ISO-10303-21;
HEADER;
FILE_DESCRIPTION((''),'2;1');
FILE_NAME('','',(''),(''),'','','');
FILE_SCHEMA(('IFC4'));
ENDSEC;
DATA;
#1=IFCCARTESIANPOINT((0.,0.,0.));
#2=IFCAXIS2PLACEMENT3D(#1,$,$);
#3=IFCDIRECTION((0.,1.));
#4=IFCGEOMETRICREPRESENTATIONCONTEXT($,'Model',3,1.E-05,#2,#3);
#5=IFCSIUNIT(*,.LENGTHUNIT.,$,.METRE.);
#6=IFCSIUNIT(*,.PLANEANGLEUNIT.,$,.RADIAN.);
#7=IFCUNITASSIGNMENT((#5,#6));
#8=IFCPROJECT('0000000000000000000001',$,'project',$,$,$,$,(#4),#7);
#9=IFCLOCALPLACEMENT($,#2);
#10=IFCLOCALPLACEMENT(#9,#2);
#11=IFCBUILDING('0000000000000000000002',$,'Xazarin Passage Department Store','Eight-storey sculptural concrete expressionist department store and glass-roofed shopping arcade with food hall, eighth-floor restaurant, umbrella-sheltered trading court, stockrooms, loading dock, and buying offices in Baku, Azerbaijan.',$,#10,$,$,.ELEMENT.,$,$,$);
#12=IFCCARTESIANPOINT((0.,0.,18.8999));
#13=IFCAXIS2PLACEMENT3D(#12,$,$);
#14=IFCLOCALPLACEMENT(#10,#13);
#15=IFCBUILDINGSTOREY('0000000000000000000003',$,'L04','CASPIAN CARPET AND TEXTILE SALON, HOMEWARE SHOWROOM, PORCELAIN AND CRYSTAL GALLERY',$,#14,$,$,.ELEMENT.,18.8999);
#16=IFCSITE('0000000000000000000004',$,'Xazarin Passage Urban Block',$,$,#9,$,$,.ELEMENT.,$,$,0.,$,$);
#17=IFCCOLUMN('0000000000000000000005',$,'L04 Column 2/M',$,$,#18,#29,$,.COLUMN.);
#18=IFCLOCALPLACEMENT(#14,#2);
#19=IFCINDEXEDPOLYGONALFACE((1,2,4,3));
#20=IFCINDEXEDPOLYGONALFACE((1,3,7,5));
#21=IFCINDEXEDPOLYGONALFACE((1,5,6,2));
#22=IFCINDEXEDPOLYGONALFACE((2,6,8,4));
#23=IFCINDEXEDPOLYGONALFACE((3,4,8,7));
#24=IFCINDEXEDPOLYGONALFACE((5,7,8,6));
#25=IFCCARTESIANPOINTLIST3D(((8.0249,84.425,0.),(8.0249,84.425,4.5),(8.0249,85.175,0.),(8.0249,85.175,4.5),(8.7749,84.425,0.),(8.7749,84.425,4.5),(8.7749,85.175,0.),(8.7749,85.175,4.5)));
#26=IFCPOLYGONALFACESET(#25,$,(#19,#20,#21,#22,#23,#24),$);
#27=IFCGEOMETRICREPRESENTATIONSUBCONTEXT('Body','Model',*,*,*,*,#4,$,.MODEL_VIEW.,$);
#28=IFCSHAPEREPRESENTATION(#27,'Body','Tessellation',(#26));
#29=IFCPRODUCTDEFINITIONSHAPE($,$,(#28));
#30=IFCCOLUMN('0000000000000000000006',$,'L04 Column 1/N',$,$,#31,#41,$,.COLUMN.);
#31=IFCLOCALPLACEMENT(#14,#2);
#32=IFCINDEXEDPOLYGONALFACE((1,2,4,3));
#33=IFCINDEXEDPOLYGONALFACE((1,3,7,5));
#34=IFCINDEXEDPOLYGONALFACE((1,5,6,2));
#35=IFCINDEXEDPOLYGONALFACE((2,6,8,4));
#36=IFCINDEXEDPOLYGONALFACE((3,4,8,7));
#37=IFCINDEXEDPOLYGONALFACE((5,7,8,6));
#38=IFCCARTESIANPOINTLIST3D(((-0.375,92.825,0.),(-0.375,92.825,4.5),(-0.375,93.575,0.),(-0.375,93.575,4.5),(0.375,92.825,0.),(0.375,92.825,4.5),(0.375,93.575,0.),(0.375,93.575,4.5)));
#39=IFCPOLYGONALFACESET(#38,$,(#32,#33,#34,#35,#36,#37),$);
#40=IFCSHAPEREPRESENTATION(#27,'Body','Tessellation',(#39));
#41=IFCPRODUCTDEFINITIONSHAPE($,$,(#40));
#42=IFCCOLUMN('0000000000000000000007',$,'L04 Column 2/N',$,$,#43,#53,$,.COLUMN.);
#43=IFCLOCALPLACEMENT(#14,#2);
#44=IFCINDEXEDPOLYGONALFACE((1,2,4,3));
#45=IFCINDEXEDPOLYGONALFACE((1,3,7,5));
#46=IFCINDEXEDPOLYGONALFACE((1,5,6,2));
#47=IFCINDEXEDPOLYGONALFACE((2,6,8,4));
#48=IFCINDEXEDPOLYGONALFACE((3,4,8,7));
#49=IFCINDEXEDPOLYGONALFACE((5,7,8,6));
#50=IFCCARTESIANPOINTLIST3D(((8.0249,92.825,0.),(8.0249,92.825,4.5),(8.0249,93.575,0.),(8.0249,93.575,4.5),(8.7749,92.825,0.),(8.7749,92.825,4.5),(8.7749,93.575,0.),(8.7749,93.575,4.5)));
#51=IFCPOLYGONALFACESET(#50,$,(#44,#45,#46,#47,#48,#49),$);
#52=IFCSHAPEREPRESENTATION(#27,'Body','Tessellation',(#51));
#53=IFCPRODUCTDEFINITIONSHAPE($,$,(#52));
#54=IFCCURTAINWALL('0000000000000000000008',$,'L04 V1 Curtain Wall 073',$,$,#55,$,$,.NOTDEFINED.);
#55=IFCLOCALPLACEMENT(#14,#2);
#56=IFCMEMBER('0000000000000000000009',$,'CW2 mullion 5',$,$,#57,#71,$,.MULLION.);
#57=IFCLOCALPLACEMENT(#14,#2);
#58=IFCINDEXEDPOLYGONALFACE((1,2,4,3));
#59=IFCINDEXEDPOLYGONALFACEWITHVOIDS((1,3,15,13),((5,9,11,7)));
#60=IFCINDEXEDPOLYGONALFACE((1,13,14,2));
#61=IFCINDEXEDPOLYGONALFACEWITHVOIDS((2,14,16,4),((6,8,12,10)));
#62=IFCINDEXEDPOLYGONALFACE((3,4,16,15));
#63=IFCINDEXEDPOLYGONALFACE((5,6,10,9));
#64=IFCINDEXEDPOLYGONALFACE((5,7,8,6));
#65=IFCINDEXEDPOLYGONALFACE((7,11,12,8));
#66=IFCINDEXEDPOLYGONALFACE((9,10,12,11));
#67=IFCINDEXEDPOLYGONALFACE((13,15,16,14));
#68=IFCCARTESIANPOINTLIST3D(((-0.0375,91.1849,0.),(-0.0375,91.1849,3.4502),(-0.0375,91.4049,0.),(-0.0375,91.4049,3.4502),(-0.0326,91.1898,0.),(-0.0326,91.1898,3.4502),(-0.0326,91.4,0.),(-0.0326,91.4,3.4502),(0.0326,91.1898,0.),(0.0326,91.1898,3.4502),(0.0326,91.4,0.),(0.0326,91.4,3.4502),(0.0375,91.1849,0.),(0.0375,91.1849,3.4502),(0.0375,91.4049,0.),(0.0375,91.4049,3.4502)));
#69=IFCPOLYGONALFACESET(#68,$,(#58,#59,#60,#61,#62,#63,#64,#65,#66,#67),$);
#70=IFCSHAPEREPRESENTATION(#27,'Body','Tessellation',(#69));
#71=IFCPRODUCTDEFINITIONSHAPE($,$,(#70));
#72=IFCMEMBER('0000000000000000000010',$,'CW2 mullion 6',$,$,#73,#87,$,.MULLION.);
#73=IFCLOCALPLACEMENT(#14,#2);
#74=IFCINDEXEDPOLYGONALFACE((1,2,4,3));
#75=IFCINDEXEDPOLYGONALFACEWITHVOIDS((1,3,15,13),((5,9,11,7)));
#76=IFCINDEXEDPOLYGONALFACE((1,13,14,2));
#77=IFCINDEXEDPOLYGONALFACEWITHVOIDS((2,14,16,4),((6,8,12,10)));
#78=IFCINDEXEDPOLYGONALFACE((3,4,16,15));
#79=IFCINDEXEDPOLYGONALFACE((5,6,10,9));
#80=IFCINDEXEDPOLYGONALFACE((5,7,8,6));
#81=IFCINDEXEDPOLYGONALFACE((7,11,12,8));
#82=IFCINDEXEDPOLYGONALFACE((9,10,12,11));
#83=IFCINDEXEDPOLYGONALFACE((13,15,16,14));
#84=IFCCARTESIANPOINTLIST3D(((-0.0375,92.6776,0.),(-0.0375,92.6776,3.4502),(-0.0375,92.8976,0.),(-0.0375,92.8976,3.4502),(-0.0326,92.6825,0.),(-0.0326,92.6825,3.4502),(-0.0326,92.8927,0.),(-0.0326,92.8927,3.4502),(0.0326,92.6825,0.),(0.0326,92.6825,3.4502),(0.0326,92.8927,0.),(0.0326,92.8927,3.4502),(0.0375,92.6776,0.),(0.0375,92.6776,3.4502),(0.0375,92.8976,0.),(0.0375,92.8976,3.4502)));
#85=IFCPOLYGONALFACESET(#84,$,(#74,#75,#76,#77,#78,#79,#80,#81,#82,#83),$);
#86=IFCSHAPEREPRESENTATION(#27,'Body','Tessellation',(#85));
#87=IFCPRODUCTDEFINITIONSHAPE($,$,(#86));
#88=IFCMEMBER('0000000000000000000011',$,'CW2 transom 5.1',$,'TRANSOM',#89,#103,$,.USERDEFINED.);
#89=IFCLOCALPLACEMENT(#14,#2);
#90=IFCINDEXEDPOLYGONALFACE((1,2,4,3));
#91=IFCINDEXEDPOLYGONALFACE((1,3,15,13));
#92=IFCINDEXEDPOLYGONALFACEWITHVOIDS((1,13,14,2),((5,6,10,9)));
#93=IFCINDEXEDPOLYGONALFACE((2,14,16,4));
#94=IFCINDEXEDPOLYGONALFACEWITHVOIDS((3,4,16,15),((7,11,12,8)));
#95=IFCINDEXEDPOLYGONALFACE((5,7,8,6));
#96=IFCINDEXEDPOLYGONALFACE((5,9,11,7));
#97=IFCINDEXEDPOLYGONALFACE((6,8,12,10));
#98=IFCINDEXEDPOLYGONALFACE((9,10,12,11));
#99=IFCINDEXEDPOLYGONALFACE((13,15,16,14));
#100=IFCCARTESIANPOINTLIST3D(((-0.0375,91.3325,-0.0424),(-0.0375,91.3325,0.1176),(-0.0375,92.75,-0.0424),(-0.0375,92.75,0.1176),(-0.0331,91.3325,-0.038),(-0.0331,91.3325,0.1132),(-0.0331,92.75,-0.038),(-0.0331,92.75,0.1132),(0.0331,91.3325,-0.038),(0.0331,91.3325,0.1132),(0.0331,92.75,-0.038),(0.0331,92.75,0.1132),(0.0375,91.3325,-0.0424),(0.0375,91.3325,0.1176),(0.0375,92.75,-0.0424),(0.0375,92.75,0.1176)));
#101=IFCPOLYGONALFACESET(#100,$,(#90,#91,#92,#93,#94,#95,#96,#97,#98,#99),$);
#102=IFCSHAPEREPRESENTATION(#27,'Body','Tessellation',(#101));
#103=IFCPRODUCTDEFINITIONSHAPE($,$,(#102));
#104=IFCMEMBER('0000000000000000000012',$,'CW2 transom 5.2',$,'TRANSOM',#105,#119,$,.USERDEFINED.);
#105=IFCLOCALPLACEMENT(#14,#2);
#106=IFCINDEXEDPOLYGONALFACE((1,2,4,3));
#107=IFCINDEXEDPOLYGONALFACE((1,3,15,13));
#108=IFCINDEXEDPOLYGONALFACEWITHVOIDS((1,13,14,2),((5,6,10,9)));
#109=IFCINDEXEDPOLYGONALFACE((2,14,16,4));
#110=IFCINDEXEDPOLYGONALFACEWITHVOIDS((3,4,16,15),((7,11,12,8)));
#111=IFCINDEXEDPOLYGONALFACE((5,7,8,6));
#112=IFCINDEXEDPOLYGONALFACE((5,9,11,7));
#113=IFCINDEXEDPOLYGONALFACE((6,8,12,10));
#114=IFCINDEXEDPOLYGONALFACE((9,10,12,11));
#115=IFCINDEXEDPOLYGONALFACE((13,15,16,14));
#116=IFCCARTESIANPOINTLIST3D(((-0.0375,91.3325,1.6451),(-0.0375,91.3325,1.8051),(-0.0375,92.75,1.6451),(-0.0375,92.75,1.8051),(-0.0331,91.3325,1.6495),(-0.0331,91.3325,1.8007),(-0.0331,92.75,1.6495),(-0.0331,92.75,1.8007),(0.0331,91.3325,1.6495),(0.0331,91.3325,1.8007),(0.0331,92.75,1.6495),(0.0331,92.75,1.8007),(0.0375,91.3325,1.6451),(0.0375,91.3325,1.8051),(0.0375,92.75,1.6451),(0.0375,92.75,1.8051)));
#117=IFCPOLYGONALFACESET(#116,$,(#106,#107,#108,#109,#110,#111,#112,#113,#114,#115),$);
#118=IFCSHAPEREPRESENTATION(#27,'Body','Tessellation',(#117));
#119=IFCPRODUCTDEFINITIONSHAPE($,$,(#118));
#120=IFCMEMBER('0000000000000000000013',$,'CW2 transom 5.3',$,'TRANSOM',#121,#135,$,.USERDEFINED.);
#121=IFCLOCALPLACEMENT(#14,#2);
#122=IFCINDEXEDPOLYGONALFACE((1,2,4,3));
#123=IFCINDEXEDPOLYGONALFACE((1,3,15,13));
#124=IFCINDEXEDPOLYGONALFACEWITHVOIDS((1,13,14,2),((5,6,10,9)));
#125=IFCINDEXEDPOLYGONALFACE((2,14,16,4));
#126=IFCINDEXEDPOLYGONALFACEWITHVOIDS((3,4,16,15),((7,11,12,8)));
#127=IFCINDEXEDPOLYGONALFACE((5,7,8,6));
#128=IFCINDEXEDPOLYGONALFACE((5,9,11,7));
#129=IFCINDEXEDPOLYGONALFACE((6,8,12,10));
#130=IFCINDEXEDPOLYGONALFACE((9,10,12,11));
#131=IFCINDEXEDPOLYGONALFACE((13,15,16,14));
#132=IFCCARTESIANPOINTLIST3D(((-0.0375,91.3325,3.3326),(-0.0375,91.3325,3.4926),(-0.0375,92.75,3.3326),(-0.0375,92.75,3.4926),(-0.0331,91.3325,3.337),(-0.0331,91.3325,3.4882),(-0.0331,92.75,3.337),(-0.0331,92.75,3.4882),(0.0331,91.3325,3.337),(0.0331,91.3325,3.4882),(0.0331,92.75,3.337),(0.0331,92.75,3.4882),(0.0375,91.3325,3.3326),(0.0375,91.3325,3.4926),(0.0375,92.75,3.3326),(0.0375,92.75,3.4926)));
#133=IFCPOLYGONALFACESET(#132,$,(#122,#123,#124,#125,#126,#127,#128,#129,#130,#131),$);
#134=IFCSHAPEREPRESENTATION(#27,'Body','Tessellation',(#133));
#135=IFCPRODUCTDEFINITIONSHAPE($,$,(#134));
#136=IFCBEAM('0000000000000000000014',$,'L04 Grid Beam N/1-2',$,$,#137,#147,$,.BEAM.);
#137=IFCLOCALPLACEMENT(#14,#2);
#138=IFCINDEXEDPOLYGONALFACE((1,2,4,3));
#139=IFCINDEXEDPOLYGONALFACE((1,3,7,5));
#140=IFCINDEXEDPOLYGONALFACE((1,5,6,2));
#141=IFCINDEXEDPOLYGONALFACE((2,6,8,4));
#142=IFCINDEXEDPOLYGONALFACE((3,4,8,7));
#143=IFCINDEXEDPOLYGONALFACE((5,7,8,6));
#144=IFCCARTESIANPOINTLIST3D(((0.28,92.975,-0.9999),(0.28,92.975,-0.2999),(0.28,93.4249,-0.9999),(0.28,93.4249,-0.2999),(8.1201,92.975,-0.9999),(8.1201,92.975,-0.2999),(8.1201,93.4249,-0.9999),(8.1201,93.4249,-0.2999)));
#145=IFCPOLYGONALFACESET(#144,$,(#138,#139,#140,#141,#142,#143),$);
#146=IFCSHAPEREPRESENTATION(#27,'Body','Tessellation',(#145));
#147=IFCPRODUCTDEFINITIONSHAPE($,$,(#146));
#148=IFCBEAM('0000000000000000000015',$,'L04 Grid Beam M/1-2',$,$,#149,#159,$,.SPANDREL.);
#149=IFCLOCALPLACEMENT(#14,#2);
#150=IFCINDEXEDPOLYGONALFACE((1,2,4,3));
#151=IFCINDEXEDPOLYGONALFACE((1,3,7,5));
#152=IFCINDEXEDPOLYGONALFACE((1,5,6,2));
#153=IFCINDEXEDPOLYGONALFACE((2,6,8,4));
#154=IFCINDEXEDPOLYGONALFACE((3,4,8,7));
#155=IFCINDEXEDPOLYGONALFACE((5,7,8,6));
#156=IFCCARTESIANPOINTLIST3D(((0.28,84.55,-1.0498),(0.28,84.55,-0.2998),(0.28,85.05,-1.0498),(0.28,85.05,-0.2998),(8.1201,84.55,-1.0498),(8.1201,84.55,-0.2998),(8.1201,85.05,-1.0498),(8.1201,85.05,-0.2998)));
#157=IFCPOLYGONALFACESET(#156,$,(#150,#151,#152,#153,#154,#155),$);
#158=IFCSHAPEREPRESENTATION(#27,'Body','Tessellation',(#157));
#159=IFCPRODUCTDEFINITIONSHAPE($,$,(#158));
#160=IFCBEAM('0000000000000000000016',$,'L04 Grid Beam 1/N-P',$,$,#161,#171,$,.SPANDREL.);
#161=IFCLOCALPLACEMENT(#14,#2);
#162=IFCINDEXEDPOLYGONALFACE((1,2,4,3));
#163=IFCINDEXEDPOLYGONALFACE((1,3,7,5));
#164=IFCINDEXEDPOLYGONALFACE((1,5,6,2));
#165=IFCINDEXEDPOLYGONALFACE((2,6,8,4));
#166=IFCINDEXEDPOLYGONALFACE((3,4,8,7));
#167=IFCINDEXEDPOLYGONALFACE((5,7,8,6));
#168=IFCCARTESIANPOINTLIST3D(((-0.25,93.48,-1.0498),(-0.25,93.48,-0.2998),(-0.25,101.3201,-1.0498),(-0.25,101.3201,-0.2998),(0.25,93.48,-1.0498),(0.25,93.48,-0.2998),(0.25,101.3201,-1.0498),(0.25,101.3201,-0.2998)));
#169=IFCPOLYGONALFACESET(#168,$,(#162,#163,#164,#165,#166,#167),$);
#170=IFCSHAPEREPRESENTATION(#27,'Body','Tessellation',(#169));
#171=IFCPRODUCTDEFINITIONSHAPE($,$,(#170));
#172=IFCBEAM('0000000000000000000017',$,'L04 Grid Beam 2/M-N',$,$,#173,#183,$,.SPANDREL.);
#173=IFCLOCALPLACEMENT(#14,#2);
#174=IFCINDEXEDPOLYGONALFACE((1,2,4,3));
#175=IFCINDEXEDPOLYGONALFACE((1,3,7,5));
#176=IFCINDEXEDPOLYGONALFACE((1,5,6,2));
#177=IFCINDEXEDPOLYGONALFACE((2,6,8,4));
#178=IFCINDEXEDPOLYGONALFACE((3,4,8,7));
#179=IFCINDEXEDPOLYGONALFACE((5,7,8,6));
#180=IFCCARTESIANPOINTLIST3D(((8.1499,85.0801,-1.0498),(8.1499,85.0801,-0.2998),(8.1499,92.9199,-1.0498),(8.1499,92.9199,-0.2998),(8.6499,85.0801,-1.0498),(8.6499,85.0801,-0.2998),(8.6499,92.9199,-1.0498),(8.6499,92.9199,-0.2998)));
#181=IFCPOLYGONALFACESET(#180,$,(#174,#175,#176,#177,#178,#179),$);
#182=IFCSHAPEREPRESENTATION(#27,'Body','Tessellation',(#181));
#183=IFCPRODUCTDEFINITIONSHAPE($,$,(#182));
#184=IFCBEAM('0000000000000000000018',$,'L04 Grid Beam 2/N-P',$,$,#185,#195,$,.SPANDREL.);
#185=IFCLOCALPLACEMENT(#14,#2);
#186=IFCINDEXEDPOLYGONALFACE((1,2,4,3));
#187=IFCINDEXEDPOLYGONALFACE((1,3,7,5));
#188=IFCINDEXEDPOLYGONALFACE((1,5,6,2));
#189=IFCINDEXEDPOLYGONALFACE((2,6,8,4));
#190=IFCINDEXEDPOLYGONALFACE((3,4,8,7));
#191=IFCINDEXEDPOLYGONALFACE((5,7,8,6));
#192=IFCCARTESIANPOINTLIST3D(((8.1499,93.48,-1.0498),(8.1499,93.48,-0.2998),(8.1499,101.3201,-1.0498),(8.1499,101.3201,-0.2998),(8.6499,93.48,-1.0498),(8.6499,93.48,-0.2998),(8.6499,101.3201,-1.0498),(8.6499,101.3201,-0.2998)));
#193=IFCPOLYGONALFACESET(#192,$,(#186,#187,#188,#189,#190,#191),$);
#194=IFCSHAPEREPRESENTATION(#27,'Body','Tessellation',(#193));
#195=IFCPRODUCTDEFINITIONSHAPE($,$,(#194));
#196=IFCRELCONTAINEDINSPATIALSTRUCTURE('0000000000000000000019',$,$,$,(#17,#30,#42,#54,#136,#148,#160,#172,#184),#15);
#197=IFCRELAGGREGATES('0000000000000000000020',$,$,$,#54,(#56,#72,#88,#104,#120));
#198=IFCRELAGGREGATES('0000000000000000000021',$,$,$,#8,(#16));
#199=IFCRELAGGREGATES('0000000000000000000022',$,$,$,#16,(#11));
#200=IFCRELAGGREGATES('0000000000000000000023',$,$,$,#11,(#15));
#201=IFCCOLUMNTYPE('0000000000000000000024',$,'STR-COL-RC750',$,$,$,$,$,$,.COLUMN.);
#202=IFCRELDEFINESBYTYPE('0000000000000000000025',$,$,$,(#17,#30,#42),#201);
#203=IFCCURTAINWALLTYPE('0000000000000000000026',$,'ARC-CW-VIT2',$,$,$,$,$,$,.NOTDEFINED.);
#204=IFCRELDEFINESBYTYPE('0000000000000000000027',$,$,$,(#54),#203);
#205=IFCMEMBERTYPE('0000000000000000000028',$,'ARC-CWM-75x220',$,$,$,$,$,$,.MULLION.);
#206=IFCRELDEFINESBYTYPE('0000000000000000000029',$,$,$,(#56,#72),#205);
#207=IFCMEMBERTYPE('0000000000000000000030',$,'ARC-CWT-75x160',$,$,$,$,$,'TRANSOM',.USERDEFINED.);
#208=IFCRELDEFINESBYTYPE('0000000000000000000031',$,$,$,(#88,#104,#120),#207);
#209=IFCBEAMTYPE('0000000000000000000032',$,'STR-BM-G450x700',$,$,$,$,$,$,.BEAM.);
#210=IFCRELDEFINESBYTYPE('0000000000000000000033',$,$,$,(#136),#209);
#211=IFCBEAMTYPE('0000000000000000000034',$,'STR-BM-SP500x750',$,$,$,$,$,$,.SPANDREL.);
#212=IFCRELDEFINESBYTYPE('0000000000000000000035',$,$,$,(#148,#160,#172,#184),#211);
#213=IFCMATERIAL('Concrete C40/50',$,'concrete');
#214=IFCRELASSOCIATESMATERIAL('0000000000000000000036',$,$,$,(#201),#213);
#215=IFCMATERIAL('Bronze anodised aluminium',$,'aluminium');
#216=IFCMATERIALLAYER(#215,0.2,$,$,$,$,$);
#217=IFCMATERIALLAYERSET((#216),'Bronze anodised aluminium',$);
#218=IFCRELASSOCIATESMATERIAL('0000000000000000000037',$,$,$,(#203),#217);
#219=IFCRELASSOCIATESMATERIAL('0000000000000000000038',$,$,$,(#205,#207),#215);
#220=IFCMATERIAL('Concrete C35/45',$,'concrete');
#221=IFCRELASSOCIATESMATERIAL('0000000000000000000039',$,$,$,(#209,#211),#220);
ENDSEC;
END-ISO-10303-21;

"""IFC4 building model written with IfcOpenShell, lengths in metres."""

from ifc_helpers import new_model, si_unit, direction, frame, origin, origin_2d, place, context, subcontext, project, spatial, rectangle, hollow_rectangle, extrude, material, layer, layer_set, material_profile, profile_set, type_object, element, aggregate, save


model = new_model("IFC4")

# Units and contexts
model_context = context("Model", 3, precision=1e-05, world=origin(), true_north=direction((0.0, 1.0)))
body_context = subcontext(model_context, "Body", "Model", "MODEL_VIEW")
ifc_project = project(units=[si_unit("LENGTHUNIT", "METRE"), si_unit("PLANEANGLEUNIT", "RADIAN")], contexts=[model_context])

# Site, building, storey
site_placement = place(None, origin())
site = spatial("IfcSite", under=ifc_project, at=site_placement, Name="Xazarin Passage Urban Block", CompositionType="ELEMENT", RefElevation=0.0)
building_placement = place(site_placement, origin())
building = spatial("IfcBuilding", under=site, at=building_placement, Name="Xazarin Passage Department Store", Description="Eight-storey sculptural concrete expressionist department store and glass-roofed shopping arcade with food hall, eighth-floor restaurant, umbrella-sheltered trading court, stockrooms, loading dock, and buying offices in Baku, Azerbaijan.", CompositionType="ELEMENT")
storey_placement = place(building_placement, frame((0.0, 0.0, 18.8999)))
storey = spatial("IfcBuildingStorey", under=building, at=storey_placement, Name="L04", Description="CASPIAN CARPET AND TEXTILE SALON, HOMEWARE SHOWROOM, PORCELAIN AND CRYSTAL GALLERY", CompositionType="ELEMENT", Elevation=18.8999)

# Columns
ifc_material_1 = material(Name="Concrete C40/50", Category="concrete")
ifc_material_profile_1 = material_profile(ifc_material_1, rectangle(XDim=0.75, YDim=0.75, at=origin_2d()), Name="RC 750x750")
ifc_profile_set_1 = profile_set([ifc_material_profile_1], Name="Concrete C40/50")
column_type = type_object("IfcColumnType", Name="STR-COL-RC750", PredefinedType="COLUMN", material=ifc_profile_set_1)
for number, where, z_axis, x_axis, name in (
    (1, (8.3999, 84.8, 0.0), (0.0, 0.0, 1.0), (1.0, 0.0, 0.0), "L04 Column 2/M"),
    (2, (0.0, 93.2, 0.0), (0.0, 0.0, 1.0), (1.0, 0.0, 0.0), "L04 Column 1/N"),
    (3, (8.3999, 93.2, 0.0), (0.0, 0.0, 1.0), (1.0, 0.0, 0.0), "L04 Column 2/N"),
):
    element("IfcColumn", number, at=place(storey_placement, frame(where, z_axis=z_axis, x_axis=x_axis)), inside=storey, type_object=column_type, Name=name, PredefinedType="COLUMN", context=body_context, shape_type="SweptSolid", body=[
        extrude(rectangle(XDim=0.75, YDim=0.75, at=origin_2d()), origin(), (0.0, 0.0, 1.0), 4.5),
    ])

# Curtain wall, members
ifc_material_2 = material(Name="Bronze anodised aluminium", Category="aluminium")
ifc_layer_1 = layer(ifc_material_2, 0.2)
ifc_layer_set_1 = layer_set([ifc_layer_1], Name="Bronze anodised aluminium")
curtain_wall_type = type_object("IfcCurtainWallType", Name="ARC-CW-VIT2", PredefinedType="NOTDEFINED", material=ifc_layer_set_1)
curtain_wall_placement = place(storey_placement, origin())
curtain_wall = element("IfcCurtainWall", 4, at=curtain_wall_placement, inside=storey, type_object=curtain_wall_type, Name="L04 V1 Curtain Wall 073", PredefinedType="NOTDEFINED")
ifc_material_profile_2 = material_profile(ifc_material_2, hollow_rectangle(XDim=0.075, YDim=0.22, WallThickness=0.0049, at=origin_2d()), Name="ALU 75x220")
ifc_profile_set_2 = profile_set([ifc_material_profile_2], Name="Bronze anodised aluminium")
member_type_1 = type_object("IfcMemberType", Name="ARC-CWM-75x220", PredefinedType="MULLION", material=ifc_profile_set_2)
member_1_placement = place(storey_placement, frame((0.0, 91.2949, 0.0), z_axis=(0.0, 0.0, 1.0), x_axis=(-1.0, 0.0, 0.0)))
member_1 = element("IfcMember", 5, at=member_1_placement, type_object=member_type_1, Name="CW2 mullion 5", PredefinedType="MULLION", context=body_context, shape_type="SweptSolid", body=[
    extrude(hollow_rectangle(XDim=0.075, YDim=0.22, WallThickness=0.0049, at=origin_2d()), origin(), (0.0, 0.0, 1.0), 3.4502),
])
member_2_placement = place(storey_placement, frame((0.0, 92.7876, 0.0), z_axis=(0.0, 0.0, 1.0), x_axis=(-1.0, 0.0, 0.0)))
member_2 = element("IfcMember", 6, at=member_2_placement, type_object=member_type_1, Name="CW2 mullion 6", PredefinedType="MULLION", context=body_context, shape_type="SweptSolid", body=[
    extrude(hollow_rectangle(XDim=0.075, YDim=0.22, WallThickness=0.0049, at=origin_2d()), origin(), (0.0, 0.0, 1.0), 3.4502),
])
ifc_material_profile_3 = material_profile(ifc_material_2, hollow_rectangle(XDim=0.075, YDim=0.1599, WallThickness=0.0044, at=origin_2d()), Name="ALU 75x160")
ifc_profile_set_3 = profile_set([ifc_material_profile_3], Name="Bronze anodised aluminium")
member_type_2 = type_object("IfcMemberType", Name="ARC-CWT-75x160", ElementType="TRANSOM", PredefinedType="USERDEFINED", material=ifc_profile_set_3)
member_3_placement = place(storey_placement, frame((0.0, 91.3325, 0.0376), z_axis=(0.0, 1.0, 0.0), x_axis=(-1.0, 0.0, 0.0)))
member_3 = element("IfcMember", 7, at=member_3_placement, type_object=member_type_2, Name="CW2 transom 5.1", ObjectType="TRANSOM", PredefinedType="USERDEFINED", context=body_context, shape_type="SweptSolid", body=[
    extrude(hollow_rectangle(XDim=0.075, YDim=0.1599, WallThickness=0.0044, at=origin_2d()), origin(), (0.0, 0.0, 1.0), 1.4175),
])
member_4_placement = place(storey_placement, frame((0.0, 91.3325, 1.7251), z_axis=(0.0, 1.0, 0.0), x_axis=(-1.0, 0.0, 0.0)))
member_4 = element("IfcMember", 8, at=member_4_placement, type_object=member_type_2, Name="CW2 transom 5.2", ObjectType="TRANSOM", PredefinedType="USERDEFINED", context=body_context, shape_type="SweptSolid", body=[
    extrude(hollow_rectangle(XDim=0.075, YDim=0.1599, WallThickness=0.0044, at=origin_2d()), origin(), (0.0, 0.0, 1.0), 1.4175),
])
member_5_placement = place(storey_placement, frame((0.0, 91.3325, 3.4126), z_axis=(0.0, 1.0, 0.0), x_axis=(-1.0, 0.0, 0.0)))
member_5 = element("IfcMember", 9, at=member_5_placement, type_object=member_type_2, Name="CW2 transom 5.3", ObjectType="TRANSOM", PredefinedType="USERDEFINED", context=body_context, shape_type="SweptSolid", body=[
    extrude(hollow_rectangle(XDim=0.075, YDim=0.1599, WallThickness=0.0044, at=origin_2d()), origin(), (0.0, 0.0, 1.0), 1.4175),
])

# Beams
ifc_material_3 = material(Name="Concrete C35/45", Category="concrete")
ifc_material_profile_4 = material_profile(ifc_material_3, rectangle(XDim=0.45, YDim=0.7, at=origin_2d()), Name="RC 450x700")
ifc_profile_set_4 = profile_set([ifc_material_profile_4], Name="Concrete C35/45")
beam_type_1 = type_object("IfcBeamType", Name="STR-BM-G450x700", PredefinedType="BEAM", material=ifc_profile_set_4)
beam_1_placement = place(storey_placement, frame((0.28, 93.2, -0.6499), z_axis=(1.0, 0.0, 0.0), x_axis=(0.0, 1.0, 0.0)))
element("IfcBeam", 10, at=beam_1_placement, inside=storey, type_object=beam_type_1, Name="L04 Grid Beam N/1-2", PredefinedType="BEAM", context=body_context, shape_type="SweptSolid", body=[
    extrude(rectangle(XDim=0.45, YDim=0.7, at=origin_2d()), origin(), (0.0, 0.0, 1.0), 7.8401),
])
ifc_material_profile_5 = material_profile(ifc_material_3, rectangle(XDim=0.5, YDim=0.75, at=origin_2d()), Name="RC 500x750")
ifc_profile_set_5 = profile_set([ifc_material_profile_5], Name="Concrete C35/45")
beam_type_2 = type_object("IfcBeamType", Name="STR-BM-SP500x750", PredefinedType="SPANDREL", material=ifc_profile_set_5)
for number, where, z_axis, x_axis, name in (
    (11, (0.28, 84.8, -0.6748), (1.0, 0.0, 0.0), (0.0, 1.0, 0.0), "L04 Grid Beam M/1-2"),
    (12, (0.0, 93.48, -0.6748), (0.0, 1.0, 0.0), (-1.0, 0.0, 0.0), "L04 Grid Beam 1/N-P"),
):
    element("IfcBeam", number, at=place(storey_placement, frame(where, z_axis=z_axis, x_axis=x_axis)), inside=storey, type_object=beam_type_2, Name=name, PredefinedType="SPANDREL", context=body_context, shape_type="SweptSolid", body=[
        extrude(rectangle(XDim=0.5, YDim=0.75, at=origin_2d()), origin(), (0.0, 0.0, 1.0), 7.8401),
    ])
beam_2_placement = place(storey_placement, frame((8.3999, 85.0801, -0.6748), z_axis=(0.0, 1.0, 0.0), x_axis=(-1.0, 0.0, 0.0)))
element("IfcBeam", 13, at=beam_2_placement, inside=storey, type_object=beam_type_2, Name="L04 Grid Beam 2/M-N", PredefinedType="SPANDREL", context=body_context, shape_type="SweptSolid", body=[
    extrude(rectangle(XDim=0.5, YDim=0.75, at=origin_2d()), origin(), (0.0, 0.0, 1.0), 7.8398),
])
beam_3_placement = place(storey_placement, frame((8.3999, 93.48, -0.6748), z_axis=(0.0, 1.0, 0.0), x_axis=(-1.0, 0.0, 0.0)))
element("IfcBeam", 14, at=beam_3_placement, inside=storey, type_object=beam_type_2, Name="L04 Grid Beam 2/N-P", PredefinedType="SPANDREL", context=body_context, shape_type="SweptSolid", body=[
    extrude(rectangle(XDim=0.5, YDim=0.75, at=origin_2d()), origin(), (0.0, 0.0, 1.0), 7.8401),
])

aggregate(curtain_wall, [member_1, member_2, member_3, member_4, member_5])

save(model, "model.ifc")
